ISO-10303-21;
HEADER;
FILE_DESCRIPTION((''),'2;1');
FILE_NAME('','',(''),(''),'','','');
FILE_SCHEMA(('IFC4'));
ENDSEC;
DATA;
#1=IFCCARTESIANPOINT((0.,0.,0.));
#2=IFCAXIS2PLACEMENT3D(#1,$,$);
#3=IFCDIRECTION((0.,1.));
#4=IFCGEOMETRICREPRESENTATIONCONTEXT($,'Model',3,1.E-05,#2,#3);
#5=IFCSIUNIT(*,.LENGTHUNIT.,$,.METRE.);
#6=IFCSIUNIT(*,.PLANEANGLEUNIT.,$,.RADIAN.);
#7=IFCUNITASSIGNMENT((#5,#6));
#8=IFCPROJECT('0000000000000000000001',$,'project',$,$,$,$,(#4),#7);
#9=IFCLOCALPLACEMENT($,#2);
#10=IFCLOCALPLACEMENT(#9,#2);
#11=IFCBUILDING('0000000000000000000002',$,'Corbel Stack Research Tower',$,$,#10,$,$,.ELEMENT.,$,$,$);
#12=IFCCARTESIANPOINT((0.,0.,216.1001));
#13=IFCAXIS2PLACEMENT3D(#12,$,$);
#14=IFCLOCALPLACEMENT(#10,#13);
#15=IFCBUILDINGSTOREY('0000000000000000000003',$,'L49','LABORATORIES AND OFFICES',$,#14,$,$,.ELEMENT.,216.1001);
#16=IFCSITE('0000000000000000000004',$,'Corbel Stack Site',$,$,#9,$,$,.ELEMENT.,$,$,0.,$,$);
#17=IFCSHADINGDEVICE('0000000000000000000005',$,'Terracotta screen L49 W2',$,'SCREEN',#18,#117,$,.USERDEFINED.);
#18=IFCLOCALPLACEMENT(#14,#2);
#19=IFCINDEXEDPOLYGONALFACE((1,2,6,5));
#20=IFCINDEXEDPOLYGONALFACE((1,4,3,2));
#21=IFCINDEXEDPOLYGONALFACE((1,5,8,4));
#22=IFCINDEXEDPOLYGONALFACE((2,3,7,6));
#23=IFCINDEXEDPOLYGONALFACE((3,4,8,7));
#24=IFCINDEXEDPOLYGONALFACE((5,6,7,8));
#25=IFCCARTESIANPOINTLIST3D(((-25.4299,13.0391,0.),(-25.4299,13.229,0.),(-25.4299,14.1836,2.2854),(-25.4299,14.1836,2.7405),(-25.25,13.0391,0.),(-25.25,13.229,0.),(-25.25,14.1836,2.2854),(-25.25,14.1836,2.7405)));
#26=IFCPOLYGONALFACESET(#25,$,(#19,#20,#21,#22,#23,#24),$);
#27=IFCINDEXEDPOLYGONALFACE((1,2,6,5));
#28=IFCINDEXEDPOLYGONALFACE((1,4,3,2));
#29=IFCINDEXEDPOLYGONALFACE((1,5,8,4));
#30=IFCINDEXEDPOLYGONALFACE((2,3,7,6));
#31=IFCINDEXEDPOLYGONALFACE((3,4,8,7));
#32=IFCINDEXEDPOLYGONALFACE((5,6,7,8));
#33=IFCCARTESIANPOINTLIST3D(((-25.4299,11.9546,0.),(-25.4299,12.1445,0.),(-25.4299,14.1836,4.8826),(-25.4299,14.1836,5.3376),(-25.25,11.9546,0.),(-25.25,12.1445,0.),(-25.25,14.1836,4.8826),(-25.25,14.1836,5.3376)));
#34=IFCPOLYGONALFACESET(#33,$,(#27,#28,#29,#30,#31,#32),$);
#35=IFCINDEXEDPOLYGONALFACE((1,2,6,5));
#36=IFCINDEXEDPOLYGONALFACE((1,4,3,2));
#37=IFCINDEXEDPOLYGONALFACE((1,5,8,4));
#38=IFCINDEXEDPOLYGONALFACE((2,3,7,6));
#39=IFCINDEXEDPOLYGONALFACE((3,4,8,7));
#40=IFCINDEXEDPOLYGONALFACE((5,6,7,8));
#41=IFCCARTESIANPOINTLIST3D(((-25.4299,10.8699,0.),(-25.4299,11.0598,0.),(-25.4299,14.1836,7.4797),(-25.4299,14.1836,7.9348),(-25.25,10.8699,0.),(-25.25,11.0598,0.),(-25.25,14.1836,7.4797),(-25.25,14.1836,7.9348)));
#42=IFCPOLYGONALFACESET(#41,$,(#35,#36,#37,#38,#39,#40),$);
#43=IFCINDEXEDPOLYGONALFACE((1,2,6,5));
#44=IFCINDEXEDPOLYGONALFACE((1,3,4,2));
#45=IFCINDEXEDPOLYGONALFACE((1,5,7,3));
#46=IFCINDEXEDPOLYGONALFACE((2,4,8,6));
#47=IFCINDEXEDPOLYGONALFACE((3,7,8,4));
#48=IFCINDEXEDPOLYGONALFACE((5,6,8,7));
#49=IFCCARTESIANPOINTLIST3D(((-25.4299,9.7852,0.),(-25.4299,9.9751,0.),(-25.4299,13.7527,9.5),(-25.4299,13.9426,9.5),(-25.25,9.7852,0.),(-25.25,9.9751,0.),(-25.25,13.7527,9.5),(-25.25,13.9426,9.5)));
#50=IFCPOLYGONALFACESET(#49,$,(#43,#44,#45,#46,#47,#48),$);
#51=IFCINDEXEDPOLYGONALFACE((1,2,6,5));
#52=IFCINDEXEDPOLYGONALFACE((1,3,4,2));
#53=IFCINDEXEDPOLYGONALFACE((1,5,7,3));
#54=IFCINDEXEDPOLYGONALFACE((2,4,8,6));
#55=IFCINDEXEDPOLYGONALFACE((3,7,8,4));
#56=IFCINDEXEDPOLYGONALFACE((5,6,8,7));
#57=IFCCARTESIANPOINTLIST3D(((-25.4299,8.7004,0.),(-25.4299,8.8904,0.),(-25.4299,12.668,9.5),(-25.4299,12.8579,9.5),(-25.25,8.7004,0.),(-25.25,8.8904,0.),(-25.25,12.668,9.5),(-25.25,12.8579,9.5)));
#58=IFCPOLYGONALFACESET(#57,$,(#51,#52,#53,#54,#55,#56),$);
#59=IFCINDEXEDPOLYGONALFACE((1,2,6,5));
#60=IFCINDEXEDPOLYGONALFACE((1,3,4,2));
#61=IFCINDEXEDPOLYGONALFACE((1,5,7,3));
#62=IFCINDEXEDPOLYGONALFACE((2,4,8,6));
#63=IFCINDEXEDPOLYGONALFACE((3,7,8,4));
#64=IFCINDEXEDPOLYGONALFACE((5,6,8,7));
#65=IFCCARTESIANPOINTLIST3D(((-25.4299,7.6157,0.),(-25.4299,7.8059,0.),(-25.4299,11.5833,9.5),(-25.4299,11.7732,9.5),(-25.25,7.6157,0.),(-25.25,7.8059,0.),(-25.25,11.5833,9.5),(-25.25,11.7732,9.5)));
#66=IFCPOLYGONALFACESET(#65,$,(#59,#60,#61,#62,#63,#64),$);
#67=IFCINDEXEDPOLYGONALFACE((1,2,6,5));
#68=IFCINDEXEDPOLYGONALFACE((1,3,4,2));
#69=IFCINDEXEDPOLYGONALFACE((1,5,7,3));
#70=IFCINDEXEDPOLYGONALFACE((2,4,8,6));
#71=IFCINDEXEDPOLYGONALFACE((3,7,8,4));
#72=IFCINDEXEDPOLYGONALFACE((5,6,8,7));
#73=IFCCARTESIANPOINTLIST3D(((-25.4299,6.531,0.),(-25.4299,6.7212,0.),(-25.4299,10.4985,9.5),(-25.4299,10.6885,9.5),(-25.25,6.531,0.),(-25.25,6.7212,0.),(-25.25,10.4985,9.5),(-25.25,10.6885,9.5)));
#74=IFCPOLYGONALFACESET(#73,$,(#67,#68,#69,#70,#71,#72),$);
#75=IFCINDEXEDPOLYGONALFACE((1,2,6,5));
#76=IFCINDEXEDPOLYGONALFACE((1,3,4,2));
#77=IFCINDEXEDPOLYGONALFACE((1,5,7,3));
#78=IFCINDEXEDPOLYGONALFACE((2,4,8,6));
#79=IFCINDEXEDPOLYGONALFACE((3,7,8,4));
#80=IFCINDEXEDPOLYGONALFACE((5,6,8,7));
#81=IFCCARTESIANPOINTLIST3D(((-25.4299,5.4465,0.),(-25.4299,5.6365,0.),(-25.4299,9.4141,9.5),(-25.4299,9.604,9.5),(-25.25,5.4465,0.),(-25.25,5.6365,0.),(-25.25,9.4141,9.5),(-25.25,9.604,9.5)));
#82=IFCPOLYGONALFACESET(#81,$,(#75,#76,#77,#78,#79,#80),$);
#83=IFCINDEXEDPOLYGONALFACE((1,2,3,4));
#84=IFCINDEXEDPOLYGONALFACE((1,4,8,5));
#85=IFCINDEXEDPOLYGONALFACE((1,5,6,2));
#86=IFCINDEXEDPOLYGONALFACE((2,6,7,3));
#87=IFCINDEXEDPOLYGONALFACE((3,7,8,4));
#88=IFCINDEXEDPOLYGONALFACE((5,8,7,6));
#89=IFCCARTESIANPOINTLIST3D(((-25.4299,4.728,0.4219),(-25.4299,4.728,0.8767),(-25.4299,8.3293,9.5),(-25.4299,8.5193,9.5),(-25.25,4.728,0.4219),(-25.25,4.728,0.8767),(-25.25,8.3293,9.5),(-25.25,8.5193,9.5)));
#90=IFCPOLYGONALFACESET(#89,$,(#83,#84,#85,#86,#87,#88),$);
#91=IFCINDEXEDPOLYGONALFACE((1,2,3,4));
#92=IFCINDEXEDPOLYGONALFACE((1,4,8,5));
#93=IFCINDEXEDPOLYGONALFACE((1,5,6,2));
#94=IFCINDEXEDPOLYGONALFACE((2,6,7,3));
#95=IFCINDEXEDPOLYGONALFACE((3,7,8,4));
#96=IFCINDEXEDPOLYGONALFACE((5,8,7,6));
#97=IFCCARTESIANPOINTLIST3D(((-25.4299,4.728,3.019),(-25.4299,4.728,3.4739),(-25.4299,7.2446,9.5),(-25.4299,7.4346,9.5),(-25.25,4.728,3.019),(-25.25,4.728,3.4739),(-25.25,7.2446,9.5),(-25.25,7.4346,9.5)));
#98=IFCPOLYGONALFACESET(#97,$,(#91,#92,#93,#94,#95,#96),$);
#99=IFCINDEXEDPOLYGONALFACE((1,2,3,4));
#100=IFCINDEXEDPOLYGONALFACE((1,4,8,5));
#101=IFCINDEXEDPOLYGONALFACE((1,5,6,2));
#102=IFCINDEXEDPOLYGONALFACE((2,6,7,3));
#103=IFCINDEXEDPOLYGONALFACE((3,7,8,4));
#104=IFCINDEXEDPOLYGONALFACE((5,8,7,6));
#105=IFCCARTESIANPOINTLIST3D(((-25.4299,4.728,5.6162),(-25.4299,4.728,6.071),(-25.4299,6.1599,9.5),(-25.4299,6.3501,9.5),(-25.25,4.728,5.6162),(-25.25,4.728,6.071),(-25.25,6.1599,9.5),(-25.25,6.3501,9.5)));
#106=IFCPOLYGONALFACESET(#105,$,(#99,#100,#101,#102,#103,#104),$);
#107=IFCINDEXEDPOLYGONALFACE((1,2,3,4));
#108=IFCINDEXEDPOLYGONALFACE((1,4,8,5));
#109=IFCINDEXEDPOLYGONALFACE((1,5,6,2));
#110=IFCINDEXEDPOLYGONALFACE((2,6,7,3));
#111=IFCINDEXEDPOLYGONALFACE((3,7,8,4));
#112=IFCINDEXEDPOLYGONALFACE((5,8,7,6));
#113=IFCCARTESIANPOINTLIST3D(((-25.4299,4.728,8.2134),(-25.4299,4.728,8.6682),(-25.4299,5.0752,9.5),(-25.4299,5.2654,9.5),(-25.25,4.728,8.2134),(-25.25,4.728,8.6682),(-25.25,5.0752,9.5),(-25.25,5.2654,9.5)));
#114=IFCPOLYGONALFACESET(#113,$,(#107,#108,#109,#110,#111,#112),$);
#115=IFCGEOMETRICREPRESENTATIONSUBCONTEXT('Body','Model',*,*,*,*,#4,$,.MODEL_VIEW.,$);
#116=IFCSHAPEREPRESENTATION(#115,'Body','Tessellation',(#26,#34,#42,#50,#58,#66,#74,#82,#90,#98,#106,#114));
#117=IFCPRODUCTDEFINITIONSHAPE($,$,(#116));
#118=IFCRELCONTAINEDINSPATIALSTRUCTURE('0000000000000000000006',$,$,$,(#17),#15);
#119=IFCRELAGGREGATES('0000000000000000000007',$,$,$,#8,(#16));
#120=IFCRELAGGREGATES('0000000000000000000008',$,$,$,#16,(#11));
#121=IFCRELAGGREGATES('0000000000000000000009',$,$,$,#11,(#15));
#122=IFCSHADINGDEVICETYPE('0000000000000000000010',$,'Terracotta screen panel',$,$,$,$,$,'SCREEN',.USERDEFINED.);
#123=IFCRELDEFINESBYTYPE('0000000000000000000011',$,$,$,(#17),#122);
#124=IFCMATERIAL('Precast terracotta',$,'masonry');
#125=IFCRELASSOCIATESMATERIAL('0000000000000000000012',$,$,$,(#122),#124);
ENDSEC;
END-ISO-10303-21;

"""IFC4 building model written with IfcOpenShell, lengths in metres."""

from ifc_helpers import new_model, si_unit, direction, frame, origin, place, context, subcontext, project, spatial, polyline, outline, extrude, source, transform, mapped, material, type_object, element, save


model = new_model("IFC4")

# Units and contexts
model_context = context("Model", 3, precision=1e-05, world=origin(), true_north=direction((0.0, 1.0)))
body_context = subcontext(model_context, "Body", "Model", "MODEL_VIEW")
ifc_project = project(units=[si_unit("LENGTHUNIT", "METRE"), si_unit("PLANEANGLEUNIT", "RADIAN")], contexts=[model_context])

# Site, building, storey
site_placement = place(None, origin())
site = spatial("IfcSite", under=ifc_project, at=site_placement, Name="Corbel Stack Site", CompositionType="ELEMENT", RefElevation=0.0)
building_placement = place(site_placement, origin())
building = spatial("IfcBuilding", under=site, at=building_placement, Name="Corbel Stack Research Tower", CompositionType="ELEMENT")
storey_placement = place(building_placement, frame((0.0, 0.0, 216.1001)))
storey = spatial("IfcBuildingStorey", under=building, at=storey_placement, Name="L49", Description="LABORATORIES AND OFFICES", CompositionType="ELEMENT", Elevation=216.1001)

# Shading device
ifc_material_1 = material(Name="Precast terracotta", Category="masonry")
shading_device_type = type_object("IfcShadingDeviceType", Name="Terracotta screen panel", ElementType="SCREEN", PredefinedType="USERDEFINED", material=ifc_material_1)
shared_shape_1 = source(origin(), body_context, "Body", "SweptSolid", [
    extrude(outline(polyline([(1.1445, 0.0), (0.0, 2.7405), (0.0, 2.2854), (0.9546, 0.0), (1.1445, 0.0)])), frame((0.0, 0.0, 0.0), z_axis=(0.0, -1.0, 0.0), x_axis=(1.0, 0.0, 0.0)), (0.0, 0.0, 1.0), 0.1799),
    extrude(outline(polyline([(2.229, 0.0), (0.0, 5.3376), (0.0, 4.8826), (2.0391, 0.0), (2.229, 0.0)])), frame((0.0, 0.0, 0.0), z_axis=(0.0, -1.0, 0.0), x_axis=(1.0, 0.0, 0.0)), (0.0, 0.0, 1.0), 0.1799),
    extrude(outline(polyline([(3.3137, 0.0), (0.0, 7.9348), (0.0, 7.4797), (3.1238, 0.0), (3.3137, 0.0)])), frame((0.0, 0.0, 0.0), z_axis=(0.0, -1.0, 0.0), x_axis=(1.0, 0.0, 0.0)), (0.0, 0.0, 1.0), 0.1799),
    extrude(outline(polyline([(4.3984, 0.0), (0.4309, 9.5), (0.241, 9.5), (4.2085, 0.0), (4.3984, 0.0)])), frame((0.0, 0.0, 0.0), z_axis=(0.0, -1.0, 0.0), x_axis=(1.0, 0.0, 0.0)), (0.0, 0.0, 1.0), 0.1799),
    extrude(outline(polyline([(5.4832, 0.0), (1.5156, 9.5), (1.3257, 9.5), (5.2932, 0.0), (5.4832, 0.0)])), frame((0.0, 0.0, 0.0), z_axis=(0.0, -1.0, 0.0), x_axis=(1.0, 0.0, 0.0)), (0.0, 0.0, 1.0), 0.1799),
    extrude(outline(polyline([(6.5679, 0.0), (2.6003, 9.5), (2.4104, 9.5), (6.3777, 0.0), (6.5679, 0.0)])), frame((0.0, 0.0, 0.0), z_axis=(0.0, -1.0, 0.0), x_axis=(1.0, 0.0, 0.0)), (0.0, 0.0, 1.0), 0.1799),
    extrude(outline(polyline([(7.6526, 0.0), (3.6851, 9.5), (3.4951, 9.5), (7.4624, 0.0), (7.6526, 0.0)])), frame((0.0, 0.0, 0.0), z_axis=(0.0, -1.0, 0.0), x_axis=(1.0, 0.0, 0.0)), (0.0, 0.0, 1.0), 0.1799),
    extrude(outline(polyline([(8.7371, 0.0), (4.7695, 9.5), (4.5796, 9.5), (8.5471, 0.0), (8.7371, 0.0)])), frame((0.0, 0.0, 0.0), z_axis=(0.0, -1.0, 0.0), x_axis=(1.0, 0.0, 0.0)), (0.0, 0.0, 1.0), 0.1799),
    extrude(outline(polyline([(5.8542, 9.5), (5.6643, 9.5), (9.4556, 0.4219), (9.4556, 0.8767), (5.8542, 9.5)])), frame((0.0, 0.0, 0.0), z_axis=(0.0, -1.0, 0.0), x_axis=(1.0, 0.0, 0.0)), (0.0, 0.0, 1.0), 0.1799),
    extrude(outline(polyline([(6.939, 9.5), (6.749, 9.5), (9.4556, 3.019), (9.4556, 3.4739), (6.939, 9.5)])), frame((0.0, 0.0, 0.0), z_axis=(0.0, -1.0, 0.0), x_axis=(1.0, 0.0, 0.0)), (0.0, 0.0, 1.0), 0.1799),
    extrude(outline(polyline([(8.0237, 9.5), (7.8335, 9.5), (9.4556, 5.6162), (9.4556, 6.071), (8.0237, 9.5)])), frame((0.0, 0.0, 0.0), z_axis=(0.0, -1.0, 0.0), x_axis=(1.0, 0.0, 0.0)), (0.0, 0.0, 1.0), 0.1799),
    extrude(outline(polyline([(9.1084, 9.5), (8.9182, 9.5), (9.4556, 8.2134), (9.4556, 8.6682), (9.1084, 9.5)])), frame((0.0, 0.0, 0.0), z_axis=(0.0, -1.0, 0.0), x_axis=(1.0, 0.0, 0.0)), (0.0, 0.0, 1.0), 0.1799),
])
shading_device_1_placement = place(storey_placement, frame((-25.25, 14.1836, 0.0), z_axis=(0.0, 0.0, 1.0), x_axis=(0.0, -1.0, 0.0)))
element("IfcShadingDevice", 1, at=shading_device_1_placement, inside=storey, type_object=shading_device_type, Name="Terracotta screen L49 W2", ObjectType="SCREEN", PredefinedType="USERDEFINED", context=body_context, shape_type="MappedRepresentation", body=[
    mapped(shared_shape_1, transform((0.0, 0.0, 0.0))),
])

save(model, "model.ifc")
